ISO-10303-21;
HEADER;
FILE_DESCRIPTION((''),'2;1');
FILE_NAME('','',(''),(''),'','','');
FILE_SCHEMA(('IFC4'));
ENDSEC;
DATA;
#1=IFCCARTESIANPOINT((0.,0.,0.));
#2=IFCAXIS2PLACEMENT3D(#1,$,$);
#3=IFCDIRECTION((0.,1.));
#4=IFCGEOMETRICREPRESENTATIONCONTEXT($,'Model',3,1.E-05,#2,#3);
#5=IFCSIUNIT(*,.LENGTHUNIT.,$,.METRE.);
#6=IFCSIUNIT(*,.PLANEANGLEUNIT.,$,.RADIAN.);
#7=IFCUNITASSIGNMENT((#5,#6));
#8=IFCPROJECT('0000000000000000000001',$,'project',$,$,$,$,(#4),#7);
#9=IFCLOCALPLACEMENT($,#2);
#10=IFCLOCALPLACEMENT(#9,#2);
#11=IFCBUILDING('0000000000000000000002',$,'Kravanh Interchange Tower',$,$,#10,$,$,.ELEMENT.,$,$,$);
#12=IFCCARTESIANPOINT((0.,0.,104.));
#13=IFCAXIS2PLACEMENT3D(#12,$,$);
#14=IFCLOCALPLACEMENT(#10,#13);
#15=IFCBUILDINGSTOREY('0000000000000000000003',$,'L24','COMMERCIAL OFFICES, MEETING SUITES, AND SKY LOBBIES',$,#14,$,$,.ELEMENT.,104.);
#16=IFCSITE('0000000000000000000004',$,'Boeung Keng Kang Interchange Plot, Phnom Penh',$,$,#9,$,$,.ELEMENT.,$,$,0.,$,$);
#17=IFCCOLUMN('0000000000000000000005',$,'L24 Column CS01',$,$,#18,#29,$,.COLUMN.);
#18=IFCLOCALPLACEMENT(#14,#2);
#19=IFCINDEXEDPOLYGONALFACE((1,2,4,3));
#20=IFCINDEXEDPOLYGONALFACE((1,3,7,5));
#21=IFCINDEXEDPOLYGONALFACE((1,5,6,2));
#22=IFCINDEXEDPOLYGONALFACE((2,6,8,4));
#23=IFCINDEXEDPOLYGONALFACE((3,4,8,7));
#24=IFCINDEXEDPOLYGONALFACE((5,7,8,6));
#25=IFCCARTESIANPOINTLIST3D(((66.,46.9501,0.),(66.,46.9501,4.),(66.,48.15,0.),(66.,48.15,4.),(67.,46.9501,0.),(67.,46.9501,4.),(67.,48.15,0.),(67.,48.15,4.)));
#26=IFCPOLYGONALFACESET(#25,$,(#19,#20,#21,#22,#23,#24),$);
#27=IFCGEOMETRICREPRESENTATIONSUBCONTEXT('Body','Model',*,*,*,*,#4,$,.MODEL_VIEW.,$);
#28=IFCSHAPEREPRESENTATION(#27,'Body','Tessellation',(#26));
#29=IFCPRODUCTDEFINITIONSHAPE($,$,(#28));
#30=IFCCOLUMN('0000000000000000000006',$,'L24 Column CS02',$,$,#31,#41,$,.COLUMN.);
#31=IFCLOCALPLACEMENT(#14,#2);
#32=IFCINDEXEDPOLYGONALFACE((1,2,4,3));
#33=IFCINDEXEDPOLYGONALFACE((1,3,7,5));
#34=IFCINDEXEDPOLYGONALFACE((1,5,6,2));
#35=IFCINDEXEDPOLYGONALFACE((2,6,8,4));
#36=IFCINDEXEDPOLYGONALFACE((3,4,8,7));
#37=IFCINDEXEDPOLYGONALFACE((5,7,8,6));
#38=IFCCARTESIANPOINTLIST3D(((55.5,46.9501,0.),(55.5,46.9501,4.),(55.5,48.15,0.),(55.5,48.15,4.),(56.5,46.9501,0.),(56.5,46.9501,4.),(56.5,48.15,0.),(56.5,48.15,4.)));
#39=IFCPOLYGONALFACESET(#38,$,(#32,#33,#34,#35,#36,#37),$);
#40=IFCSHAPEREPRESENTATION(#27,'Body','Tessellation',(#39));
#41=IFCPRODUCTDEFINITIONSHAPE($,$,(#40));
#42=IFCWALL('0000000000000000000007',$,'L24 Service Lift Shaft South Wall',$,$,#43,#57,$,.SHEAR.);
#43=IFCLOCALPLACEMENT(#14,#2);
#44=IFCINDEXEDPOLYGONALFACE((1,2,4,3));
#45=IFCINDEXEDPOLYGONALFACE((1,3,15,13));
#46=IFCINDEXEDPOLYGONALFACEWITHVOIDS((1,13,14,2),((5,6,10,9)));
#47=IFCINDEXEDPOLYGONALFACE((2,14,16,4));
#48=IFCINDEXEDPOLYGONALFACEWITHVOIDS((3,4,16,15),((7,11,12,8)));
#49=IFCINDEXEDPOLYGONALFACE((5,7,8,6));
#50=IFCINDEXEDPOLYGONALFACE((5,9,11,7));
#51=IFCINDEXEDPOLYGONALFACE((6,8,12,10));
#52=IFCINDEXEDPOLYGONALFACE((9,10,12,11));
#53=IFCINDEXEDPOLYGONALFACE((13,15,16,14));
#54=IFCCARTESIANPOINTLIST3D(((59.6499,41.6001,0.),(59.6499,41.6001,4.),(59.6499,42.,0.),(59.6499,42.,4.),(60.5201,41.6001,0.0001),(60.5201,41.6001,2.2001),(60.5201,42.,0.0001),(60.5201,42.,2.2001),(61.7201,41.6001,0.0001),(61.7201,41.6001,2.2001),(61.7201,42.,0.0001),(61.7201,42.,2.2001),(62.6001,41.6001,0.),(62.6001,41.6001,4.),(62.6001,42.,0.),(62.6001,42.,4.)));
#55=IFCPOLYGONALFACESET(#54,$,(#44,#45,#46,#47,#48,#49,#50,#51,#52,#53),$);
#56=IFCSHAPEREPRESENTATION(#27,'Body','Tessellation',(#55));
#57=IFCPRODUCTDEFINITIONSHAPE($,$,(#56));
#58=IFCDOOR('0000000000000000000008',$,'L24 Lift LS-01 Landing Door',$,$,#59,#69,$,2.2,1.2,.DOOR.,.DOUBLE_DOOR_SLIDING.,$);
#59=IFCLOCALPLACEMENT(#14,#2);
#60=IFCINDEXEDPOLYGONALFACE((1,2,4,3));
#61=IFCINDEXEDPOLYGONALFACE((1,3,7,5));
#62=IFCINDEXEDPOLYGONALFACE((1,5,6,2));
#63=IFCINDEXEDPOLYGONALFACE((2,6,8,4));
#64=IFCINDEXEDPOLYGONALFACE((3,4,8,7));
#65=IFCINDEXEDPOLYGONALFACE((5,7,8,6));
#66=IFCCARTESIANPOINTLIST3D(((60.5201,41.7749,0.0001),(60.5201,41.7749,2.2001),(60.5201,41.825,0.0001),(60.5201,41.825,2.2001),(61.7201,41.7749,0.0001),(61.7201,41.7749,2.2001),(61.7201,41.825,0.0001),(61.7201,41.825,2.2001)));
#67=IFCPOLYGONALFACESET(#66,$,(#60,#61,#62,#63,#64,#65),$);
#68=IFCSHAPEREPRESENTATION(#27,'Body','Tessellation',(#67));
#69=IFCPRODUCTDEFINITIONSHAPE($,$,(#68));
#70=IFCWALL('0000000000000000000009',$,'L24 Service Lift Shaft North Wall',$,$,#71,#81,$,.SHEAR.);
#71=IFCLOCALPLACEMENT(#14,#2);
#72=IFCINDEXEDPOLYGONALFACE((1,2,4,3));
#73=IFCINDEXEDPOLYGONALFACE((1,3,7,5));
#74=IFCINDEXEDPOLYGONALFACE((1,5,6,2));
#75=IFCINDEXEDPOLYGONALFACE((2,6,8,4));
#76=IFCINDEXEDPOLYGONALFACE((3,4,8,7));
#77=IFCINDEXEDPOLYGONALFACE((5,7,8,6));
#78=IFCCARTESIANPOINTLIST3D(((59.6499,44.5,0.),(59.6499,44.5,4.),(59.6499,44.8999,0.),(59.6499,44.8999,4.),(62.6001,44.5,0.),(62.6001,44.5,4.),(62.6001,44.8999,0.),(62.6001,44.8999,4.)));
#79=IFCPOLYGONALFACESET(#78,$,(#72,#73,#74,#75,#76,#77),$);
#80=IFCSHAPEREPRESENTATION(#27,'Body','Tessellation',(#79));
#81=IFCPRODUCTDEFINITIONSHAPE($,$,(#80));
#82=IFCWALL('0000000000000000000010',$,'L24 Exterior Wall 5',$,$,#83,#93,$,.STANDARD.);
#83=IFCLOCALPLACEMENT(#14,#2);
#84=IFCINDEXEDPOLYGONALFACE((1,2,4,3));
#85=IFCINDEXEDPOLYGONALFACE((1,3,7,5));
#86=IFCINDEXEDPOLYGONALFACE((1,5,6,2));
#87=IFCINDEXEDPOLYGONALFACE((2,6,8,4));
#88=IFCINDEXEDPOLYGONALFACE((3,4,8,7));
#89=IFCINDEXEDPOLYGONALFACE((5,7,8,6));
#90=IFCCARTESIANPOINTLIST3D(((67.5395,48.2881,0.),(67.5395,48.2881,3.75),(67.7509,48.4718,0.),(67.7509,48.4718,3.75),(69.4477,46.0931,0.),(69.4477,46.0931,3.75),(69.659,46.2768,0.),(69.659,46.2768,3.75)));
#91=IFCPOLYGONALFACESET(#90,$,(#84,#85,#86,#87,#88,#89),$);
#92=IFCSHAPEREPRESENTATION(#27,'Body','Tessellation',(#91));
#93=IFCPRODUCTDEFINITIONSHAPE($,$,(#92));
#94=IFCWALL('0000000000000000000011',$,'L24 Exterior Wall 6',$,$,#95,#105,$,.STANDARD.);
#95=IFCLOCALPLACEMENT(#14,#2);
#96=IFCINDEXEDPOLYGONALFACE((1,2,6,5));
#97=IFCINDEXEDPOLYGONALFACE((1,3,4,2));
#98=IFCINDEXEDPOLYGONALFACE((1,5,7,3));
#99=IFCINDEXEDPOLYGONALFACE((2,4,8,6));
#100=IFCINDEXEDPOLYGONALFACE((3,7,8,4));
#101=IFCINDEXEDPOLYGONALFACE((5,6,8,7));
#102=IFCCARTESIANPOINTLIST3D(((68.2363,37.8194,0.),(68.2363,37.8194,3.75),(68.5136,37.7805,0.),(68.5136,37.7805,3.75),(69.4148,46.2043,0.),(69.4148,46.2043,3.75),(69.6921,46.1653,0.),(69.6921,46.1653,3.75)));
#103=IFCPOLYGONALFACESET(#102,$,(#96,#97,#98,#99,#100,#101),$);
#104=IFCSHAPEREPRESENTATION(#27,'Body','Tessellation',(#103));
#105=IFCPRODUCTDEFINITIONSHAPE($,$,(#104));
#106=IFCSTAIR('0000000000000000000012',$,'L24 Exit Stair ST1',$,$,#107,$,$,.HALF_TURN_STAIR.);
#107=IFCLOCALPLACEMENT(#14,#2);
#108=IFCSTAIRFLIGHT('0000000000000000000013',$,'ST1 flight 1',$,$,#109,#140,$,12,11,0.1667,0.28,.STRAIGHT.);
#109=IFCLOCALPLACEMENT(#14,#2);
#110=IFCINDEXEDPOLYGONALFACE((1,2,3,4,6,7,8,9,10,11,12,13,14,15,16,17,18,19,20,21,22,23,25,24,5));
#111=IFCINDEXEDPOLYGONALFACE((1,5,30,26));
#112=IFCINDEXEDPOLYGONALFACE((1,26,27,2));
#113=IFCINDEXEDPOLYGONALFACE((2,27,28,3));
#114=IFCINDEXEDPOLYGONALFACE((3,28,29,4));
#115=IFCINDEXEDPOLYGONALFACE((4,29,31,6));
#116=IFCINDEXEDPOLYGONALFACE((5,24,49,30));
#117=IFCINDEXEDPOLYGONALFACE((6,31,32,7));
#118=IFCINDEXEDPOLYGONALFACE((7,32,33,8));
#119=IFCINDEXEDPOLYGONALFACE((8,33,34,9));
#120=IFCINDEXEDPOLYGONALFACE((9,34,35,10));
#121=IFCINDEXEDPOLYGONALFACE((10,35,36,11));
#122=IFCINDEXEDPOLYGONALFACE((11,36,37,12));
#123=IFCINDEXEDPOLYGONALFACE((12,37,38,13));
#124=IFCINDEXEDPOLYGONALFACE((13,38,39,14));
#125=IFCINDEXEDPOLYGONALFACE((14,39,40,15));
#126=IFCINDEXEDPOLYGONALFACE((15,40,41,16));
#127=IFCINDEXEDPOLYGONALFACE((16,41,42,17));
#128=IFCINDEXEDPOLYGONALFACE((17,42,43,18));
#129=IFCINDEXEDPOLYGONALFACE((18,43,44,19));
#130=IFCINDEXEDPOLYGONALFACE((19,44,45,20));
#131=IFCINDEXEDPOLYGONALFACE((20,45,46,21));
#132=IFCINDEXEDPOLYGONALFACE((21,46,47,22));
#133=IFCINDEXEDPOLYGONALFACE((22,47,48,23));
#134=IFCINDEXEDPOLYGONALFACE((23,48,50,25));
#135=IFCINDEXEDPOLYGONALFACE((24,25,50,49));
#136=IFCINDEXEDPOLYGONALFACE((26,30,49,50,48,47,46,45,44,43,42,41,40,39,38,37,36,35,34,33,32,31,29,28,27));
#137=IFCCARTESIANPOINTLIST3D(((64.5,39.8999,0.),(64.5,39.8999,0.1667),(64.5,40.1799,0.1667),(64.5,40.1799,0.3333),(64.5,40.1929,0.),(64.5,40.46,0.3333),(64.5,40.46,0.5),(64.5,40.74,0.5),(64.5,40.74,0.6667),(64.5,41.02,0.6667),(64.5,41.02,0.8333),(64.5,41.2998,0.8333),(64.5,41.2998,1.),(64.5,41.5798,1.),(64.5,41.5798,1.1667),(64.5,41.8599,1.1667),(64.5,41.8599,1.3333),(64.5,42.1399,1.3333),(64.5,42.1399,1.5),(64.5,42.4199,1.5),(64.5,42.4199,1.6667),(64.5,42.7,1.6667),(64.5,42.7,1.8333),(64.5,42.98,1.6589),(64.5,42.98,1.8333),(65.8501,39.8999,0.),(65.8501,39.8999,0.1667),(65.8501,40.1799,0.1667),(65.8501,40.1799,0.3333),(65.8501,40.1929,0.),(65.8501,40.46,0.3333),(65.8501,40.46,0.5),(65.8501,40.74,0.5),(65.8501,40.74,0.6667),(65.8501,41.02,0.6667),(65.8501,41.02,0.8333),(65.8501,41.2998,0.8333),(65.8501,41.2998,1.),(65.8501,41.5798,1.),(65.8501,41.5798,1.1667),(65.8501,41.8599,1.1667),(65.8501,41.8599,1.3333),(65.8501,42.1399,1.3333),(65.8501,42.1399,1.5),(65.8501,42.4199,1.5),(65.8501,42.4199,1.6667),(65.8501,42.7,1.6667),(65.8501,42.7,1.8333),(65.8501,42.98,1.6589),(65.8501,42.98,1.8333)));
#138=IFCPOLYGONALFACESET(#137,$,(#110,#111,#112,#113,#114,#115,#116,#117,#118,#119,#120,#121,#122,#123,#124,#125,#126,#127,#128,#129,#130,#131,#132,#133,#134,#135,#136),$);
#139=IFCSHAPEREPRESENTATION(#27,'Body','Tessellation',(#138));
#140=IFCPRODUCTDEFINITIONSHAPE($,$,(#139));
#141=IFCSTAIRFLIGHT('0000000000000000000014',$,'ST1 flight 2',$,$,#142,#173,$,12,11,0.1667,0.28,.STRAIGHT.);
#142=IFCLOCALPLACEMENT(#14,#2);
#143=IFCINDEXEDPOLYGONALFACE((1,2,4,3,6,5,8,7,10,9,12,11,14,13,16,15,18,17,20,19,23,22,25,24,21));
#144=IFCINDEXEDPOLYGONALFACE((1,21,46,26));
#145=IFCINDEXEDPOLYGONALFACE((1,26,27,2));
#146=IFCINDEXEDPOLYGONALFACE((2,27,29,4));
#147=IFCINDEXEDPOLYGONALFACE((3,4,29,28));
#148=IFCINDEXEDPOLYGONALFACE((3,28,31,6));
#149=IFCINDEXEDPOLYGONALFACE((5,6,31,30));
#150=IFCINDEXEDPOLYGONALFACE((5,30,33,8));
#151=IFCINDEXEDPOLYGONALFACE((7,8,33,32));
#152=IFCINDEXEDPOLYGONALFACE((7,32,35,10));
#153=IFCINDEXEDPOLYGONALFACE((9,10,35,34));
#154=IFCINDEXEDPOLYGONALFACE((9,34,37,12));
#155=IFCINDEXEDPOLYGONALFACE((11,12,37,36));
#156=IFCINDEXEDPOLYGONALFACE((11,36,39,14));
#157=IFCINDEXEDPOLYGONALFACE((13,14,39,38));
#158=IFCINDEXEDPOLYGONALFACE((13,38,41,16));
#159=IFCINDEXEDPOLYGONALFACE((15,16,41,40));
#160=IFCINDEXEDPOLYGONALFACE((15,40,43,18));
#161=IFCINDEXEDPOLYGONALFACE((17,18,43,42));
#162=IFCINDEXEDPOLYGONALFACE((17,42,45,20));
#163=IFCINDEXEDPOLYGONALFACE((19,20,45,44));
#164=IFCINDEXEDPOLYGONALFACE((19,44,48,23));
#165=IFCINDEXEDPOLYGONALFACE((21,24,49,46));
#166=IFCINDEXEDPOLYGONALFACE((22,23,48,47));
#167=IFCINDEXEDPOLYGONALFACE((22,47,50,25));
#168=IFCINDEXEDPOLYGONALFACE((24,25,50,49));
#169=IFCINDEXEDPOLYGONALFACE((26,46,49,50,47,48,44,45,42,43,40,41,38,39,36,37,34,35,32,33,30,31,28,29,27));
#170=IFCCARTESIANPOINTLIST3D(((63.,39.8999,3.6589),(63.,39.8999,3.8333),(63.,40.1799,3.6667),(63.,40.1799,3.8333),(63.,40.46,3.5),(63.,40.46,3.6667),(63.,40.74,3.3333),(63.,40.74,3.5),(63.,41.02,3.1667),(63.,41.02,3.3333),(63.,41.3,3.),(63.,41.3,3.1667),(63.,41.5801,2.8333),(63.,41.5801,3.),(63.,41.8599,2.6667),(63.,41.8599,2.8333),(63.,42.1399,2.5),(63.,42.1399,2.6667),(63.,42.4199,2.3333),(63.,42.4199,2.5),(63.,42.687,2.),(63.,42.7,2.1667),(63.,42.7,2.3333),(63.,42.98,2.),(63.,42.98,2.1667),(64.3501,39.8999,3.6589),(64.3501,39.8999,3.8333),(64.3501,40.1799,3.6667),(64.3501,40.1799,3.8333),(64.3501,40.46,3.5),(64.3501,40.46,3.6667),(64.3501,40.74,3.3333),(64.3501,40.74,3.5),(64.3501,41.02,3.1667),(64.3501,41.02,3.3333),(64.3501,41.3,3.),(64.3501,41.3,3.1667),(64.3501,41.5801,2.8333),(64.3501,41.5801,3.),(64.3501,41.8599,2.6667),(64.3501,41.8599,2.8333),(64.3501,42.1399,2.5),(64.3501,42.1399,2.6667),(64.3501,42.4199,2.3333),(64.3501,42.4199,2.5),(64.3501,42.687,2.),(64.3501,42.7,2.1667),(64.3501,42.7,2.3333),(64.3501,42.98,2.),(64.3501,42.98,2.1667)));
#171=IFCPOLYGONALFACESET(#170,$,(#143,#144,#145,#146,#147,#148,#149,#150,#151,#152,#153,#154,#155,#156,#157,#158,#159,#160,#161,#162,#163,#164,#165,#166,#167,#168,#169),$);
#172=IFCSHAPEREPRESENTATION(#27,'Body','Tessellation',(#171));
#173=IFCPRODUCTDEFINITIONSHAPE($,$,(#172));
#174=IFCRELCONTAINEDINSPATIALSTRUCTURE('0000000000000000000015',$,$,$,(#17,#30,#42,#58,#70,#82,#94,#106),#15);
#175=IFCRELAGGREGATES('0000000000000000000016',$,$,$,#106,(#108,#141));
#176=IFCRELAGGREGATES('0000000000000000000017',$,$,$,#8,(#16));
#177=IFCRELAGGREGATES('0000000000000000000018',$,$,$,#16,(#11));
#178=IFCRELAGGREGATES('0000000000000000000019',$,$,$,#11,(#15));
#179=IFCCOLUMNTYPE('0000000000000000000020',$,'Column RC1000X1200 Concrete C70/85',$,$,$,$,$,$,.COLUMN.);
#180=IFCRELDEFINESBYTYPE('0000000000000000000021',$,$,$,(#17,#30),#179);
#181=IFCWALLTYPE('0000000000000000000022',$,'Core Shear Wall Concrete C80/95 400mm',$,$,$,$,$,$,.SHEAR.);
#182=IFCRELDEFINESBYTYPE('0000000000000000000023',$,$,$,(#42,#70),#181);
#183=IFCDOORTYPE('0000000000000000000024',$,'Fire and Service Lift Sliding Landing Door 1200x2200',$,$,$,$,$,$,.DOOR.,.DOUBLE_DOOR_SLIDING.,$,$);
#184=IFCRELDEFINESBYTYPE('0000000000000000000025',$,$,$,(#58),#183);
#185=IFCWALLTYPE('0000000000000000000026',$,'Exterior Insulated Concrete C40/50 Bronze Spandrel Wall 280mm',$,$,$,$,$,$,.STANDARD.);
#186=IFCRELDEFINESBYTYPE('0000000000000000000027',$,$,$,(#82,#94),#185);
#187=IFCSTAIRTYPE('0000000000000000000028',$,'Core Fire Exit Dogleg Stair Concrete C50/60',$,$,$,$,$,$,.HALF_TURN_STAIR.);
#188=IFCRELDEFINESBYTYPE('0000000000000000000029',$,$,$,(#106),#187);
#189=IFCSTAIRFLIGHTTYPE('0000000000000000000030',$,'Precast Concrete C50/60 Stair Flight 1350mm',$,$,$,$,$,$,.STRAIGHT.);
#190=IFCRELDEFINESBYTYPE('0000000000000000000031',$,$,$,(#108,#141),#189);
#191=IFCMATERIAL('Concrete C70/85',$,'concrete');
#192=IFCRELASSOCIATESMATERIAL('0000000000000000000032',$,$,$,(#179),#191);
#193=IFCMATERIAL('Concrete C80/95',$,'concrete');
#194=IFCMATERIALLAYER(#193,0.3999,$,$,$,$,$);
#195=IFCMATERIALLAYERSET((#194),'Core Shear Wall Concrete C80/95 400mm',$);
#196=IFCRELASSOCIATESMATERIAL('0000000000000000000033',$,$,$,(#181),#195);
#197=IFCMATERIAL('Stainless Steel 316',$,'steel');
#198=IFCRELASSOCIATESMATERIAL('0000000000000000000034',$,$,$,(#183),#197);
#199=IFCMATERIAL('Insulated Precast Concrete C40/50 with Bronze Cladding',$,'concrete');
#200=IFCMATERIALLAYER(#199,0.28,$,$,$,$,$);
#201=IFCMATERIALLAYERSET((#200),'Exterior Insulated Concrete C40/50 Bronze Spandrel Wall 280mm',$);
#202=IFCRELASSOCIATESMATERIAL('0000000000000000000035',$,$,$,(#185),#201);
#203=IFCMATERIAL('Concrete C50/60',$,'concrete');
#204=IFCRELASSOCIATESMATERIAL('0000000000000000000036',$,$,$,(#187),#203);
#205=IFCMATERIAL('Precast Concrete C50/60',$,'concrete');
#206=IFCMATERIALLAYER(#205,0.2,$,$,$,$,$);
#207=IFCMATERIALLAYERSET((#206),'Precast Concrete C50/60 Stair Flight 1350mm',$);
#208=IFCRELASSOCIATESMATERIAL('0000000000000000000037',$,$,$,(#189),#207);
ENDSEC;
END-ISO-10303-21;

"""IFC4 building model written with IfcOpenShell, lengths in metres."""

from ifc_helpers import new_model, si_unit, direction, frame, frame_2d, origin, origin_2d, place, context, subcontext, project, spatial, polyline, rectangle, outline, extrude, material, layer, layer_set, material_profile, profile_set, type_object, element, fill, aggregate, save


model = new_model("IFC4")

# Units and contexts
model_context = context("Model", 3, precision=1e-05, world=origin(), true_north=direction((0.0, 1.0)))
body_context = subcontext(model_context, "Body", "Model", "MODEL_VIEW")
ifc_project = project(units=[si_unit("LENGTHUNIT", "METRE"), si_unit("PLANEANGLEUNIT", "RADIAN")], contexts=[model_context])

# Site, building, storey
site_placement = place(None, origin())
site = spatial("IfcSite", under=ifc_project, at=site_placement, Name="Boeung Keng Kang Interchange Plot, Phnom Penh", CompositionType="ELEMENT", RefElevation=0.0)
building_placement = place(site_placement, origin())
building = spatial("IfcBuilding", under=site, at=building_placement, Name="Kravanh Interchange Tower", CompositionType="ELEMENT")
storey_placement = place(building_placement, frame((0.0, 0.0, 104.0)))
storey = spatial("IfcBuildingStorey", under=building, at=storey_placement, Name="L24", Description="COMMERCIAL OFFICES, MEETING SUITES, AND SKY LOBBIES", CompositionType="ELEMENT", Elevation=104.0)

# Columns
ifc_material_1 = material(Name="Concrete C70/85", Category="concrete")
ifc_material_profile = material_profile(ifc_material_1, rectangle(XDim=1.0, YDim=1.2, at=origin_2d()), Name="RC1000X1200")
ifc_profile_set = profile_set([ifc_material_profile], Name="Concrete C70/85")
column_type = type_object("IfcColumnType", Name="Column RC1000X1200 Concrete C70/85", PredefinedType="COLUMN", material=ifc_profile_set)
for number, where, z_axis, x_axis, name in (
    (1, (66.5, 47.55, 0.0), (0.0, 0.0, 1.0), (1.0, 0.0, 0.0), "L24 Column CS01"),
    (2, (56.0, 47.55, 0.0), (0.0, 0.0, 1.0), (1.0, 0.0, 0.0), "L24 Column CS02"),
):
    element("IfcColumn", number, at=place(storey_placement, frame(where, z_axis=z_axis, x_axis=x_axis)), inside=storey, type_object=column_type, Name=name, PredefinedType="COLUMN", context=body_context, shape_type="SweptSolid", body=[
        extrude(rectangle(XDim=1.0, YDim=1.2, at=origin_2d()), origin(), (0.0, 0.0, 1.0), 4.0),
    ])

# Wall, opening, door
ifc_material_2 = material(Name="Concrete C80/95", Category="concrete")
ifc_layer_1 = layer(ifc_material_2, 0.3999)
ifc_layer_set_1 = layer_set([ifc_layer_1], Name="Core Shear Wall Concrete C80/95 400mm")
wall_type_1 = type_object("IfcWallType", Name="Core Shear Wall Concrete C80/95 400mm", PredefinedType="SHEAR", material=ifc_layer_set_1)
wall_1_placement = place(storey_placement, frame((59.6499, 41.8, 0.0), z_axis=(0.0, 0.0, 1.0), x_axis=(1.0, 0.0, 0.0)))
wall_1 = element("IfcWall", 3, at=wall_1_placement, inside=storey, type_object=wall_type_1, Name="L24 Service Lift Shaft South Wall", PredefinedType="SHEAR", context=body_context, shape_type="SweptSolid", body=[
    extrude(rectangle(XDim=2.9502, YDim=0.3999, at=frame_2d((1.4751, 0.0))), origin(), (0.0, 0.0, 1.0), 4.0),
])
opening_placement = place(wall_1_placement, frame((0.8701, 0.0, 0.0)))
opening = element("IfcOpeningElement", 4, at=opening_placement, cuts=wall_1, PredefinedType="OPENING", context=body_context, shape_type="SweptSolid", body=[
    extrude(rectangle(XDim=1.2, YDim=2.2, at=frame_2d((0.6001, 1.1001))), frame((0.0, 0.21, 0.0), z_axis=(0.0, -1.0, 0.0), x_axis=(1.0, 0.0, 0.0)), (0.0, 0.0, 1.0), 0.4199),
])
ifc_material_3 = material(Name="Stainless Steel 316", Category="steel")
door_type = type_object("IfcDoorType", Name="Fire and Service Lift Sliding Landing Door 1200x2200", OperationType="DOUBLE_DOOR_SLIDING", PredefinedType="DOOR", material=ifc_material_3)
door_placement = place(opening_placement, origin())
door = element("IfcDoor", 5, at=door_placement, inside=storey, type_object=door_type, Name="L24 Lift LS-01 Landing Door", OperationType="DOUBLE_DOOR_SLIDING", OverallHeight=2.2, OverallWidth=1.2, PredefinedType="DOOR", context=body_context, shape_type="SweptSolid", body=[
    extrude(rectangle(XDim=1.2, YDim=2.2, at=frame_2d((0.6001, 1.1001))), frame((0.0, 0.0249, 0.0), z_axis=(0.0, -1.0, 0.0), x_axis=(1.0, 0.0, 0.0)), (0.0, 0.0, 1.0), 0.05),
])
fill(opening, door)

# Walls
wall_2_placement = place(storey_placement, frame((59.6499, 44.7, 0.0), z_axis=(0.0, 0.0, 1.0), x_axis=(1.0, 0.0, 0.0)))
element("IfcWall", 6, at=wall_2_placement, inside=storey, type_object=wall_type_1, Name="L24 Service Lift Shaft North Wall", PredefinedType="SHEAR", context=body_context, shape_type="SweptSolid", body=[
    extrude(rectangle(XDim=2.9502, YDim=0.3999, at=frame_2d((1.4751, 0.0))), origin(), (0.0, 0.0, 1.0), 4.0),
])
ifc_material_4 = material(Name="Insulated Precast Concrete C40/50 with Bronze Cladding", Category="concrete")
ifc_layer_2 = layer(ifc_material_4, 0.28)
ifc_layer_set_2 = layer_set([ifc_layer_2], Name="Exterior Insulated Concrete C40/50 Bronze Spandrel Wall 280mm")
wall_type_2 = type_object("IfcWallType", Name="Exterior Insulated Concrete C40/50 Bronze Spandrel Wall 280mm", PredefinedType="STANDARD", material=ifc_layer_set_2)
wall_3_placement = place(storey_placement, frame((67.6453, 48.3799, 0.0), z_axis=(0.0, 0.0, 1.0), x_axis=(0.656071, -0.754699, 0.0)))
element("IfcWall", 7, at=wall_3_placement, inside=storey, type_object=wall_type_2, Name="L24 Exterior Wall 5", PredefinedType="STANDARD", context=body_context, shape_type="SweptSolid", body=[
    extrude(rectangle(XDim=2.9084, YDim=0.28, at=frame_2d((1.4541, 0.0))), origin(), (0.0, 0.0, 1.0), 3.75),
])
wall_4_placement = place(storey_placement, frame((69.5535, 46.1848, 0.0), z_axis=(0.0, 0.0, 1.0), x_axis=(-0.139181, -0.990267, 0.0)))
element("IfcWall", 8, at=wall_4_placement, inside=storey, type_object=wall_type_2, Name="L24 Exterior Wall 6", PredefinedType="STANDARD", context=body_context, shape_type="SweptSolid", body=[
    extrude(rectangle(XDim=8.4673, YDim=0.28, at=frame_2d((4.2336, 0.0))), origin(), (0.0, 0.0, 1.0), 3.75),
])

# Stair, stair flights
ifc_material_5 = material(Name="Concrete C50/60", Category="concrete")
stair_type = type_object("IfcStairType", Name="Core Fire Exit Dogleg Stair Concrete C50/60", PredefinedType="HALF_TURN_STAIR", material=ifc_material_5)
stair_1_placement = place(storey_placement, origin())
stair_1 = element("IfcStair", 9, at=stair_1_placement, inside=storey, type_object=stair_type, Name="L24 Exit Stair ST1", PredefinedType="HALF_TURN_STAIR")
ifc_material_6 = material(Name="Precast Concrete C50/60", Category="concrete")
ifc_layer_3 = layer(ifc_material_6, 0.2)
ifc_layer_set_3 = layer_set([ifc_layer_3], Name="Precast Concrete C50/60 Stair Flight 1350mm")
stair_flight_type = type_object("IfcStairFlightType", Name="Precast Concrete C50/60 Stair Flight 1350mm", PredefinedType="STRAIGHT", material=ifc_layer_set_3)
stair_flight_1_placement = place(storey_placement, frame((65.175, 39.8999, 0.0), z_axis=(0.0, 0.0, 1.0), x_axis=(0.0, 1.0, 0.0)))
stair_flight_1 = element("IfcStairFlight", 10, at=stair_flight_1_placement, type_object=stair_flight_type, Name="ST1 flight 1", NumberOfRisers=12, NumberOfTreads=11, PredefinedType="STRAIGHT", RiserHeight=0.1667, TreadLength=0.28, context=body_context, shape_type="SweptSolid", body=[
    extrude(outline(polyline([(0.0, 0.0), (0.0, 0.1667), (0.28, 0.1667), (0.28, 0.3333), (0.5601, 0.3333), (0.5601, 0.5), (0.8401, 0.5), (0.8401, 0.6667), (1.1201, 0.6667), (1.1201, 0.8333), (1.3999, 0.8333), (1.3999, 1.0), (1.6799, 1.0), (1.6799, 1.1667), (1.96, 1.1667), (1.96, 1.3333), (2.24, 1.3333), (2.24, 1.5), (2.52, 1.5), (2.52, 1.6667), (2.8, 1.6667), (2.8, 1.8333), (3.0801, 1.8333), (3.0801, 2.0), (3.0801, 1.6589), (0.293, 0.0), (0.0, 0.0)])), frame((0.0, 0.675, 0.0), z_axis=(0.0, -1.0, 0.0), x_axis=(1.0, 0.0, 0.0)), (0.0, 0.0, 1.0), 1.3501),
])
stair_flight_2_placement = place(storey_placement, frame((63.675, 42.98, 2.0), z_axis=(0.0, 0.0, 1.0), x_axis=(0.0, -1.0, 0.0)))
stair_flight_2 = element("IfcStairFlight", 11, at=stair_flight_2_placement, type_object=stair_flight_type, Name="ST1 flight 2", NumberOfRisers=12, NumberOfTreads=11, PredefinedType="STRAIGHT", RiserHeight=0.1667, TreadLength=0.28, context=body_context, shape_type="SweptSolid", body=[
    extrude(outline(polyline([(0.0, 0.0), (0.0, 0.1667), (0.28, 0.1667), (0.28, 0.3333), (0.5601, 0.3333), (0.5601, 0.5), (0.8401, 0.5), (0.8401, 0.6667), (1.1201, 0.6667), (1.1201, 0.8333), (1.3999, 0.8333), (1.3999, 1.0), (1.6799, 1.0), (1.6799, 1.1667), (1.96, 1.1667), (1.96, 1.3333), (2.24, 1.3333), (2.24, 1.5), (2.52, 1.5), (2.52, 1.6667), (2.8, 1.6667), (2.8, 1.8333), (3.0801, 1.8333), (3.0801, 2.0), (3.0801, 1.6589), (0.293, 0.0), (0.0, 0.0)])), frame((0.0, 0.675, 0.0), z_axis=(0.0, -1.0, 0.0), x_axis=(1.0, 0.0, 0.0)), (0.0, 0.0, 1.0), 1.3501),
])
aggregate(stair_1, [stair_flight_1, stair_flight_2])

save(model, "model.ifc")
